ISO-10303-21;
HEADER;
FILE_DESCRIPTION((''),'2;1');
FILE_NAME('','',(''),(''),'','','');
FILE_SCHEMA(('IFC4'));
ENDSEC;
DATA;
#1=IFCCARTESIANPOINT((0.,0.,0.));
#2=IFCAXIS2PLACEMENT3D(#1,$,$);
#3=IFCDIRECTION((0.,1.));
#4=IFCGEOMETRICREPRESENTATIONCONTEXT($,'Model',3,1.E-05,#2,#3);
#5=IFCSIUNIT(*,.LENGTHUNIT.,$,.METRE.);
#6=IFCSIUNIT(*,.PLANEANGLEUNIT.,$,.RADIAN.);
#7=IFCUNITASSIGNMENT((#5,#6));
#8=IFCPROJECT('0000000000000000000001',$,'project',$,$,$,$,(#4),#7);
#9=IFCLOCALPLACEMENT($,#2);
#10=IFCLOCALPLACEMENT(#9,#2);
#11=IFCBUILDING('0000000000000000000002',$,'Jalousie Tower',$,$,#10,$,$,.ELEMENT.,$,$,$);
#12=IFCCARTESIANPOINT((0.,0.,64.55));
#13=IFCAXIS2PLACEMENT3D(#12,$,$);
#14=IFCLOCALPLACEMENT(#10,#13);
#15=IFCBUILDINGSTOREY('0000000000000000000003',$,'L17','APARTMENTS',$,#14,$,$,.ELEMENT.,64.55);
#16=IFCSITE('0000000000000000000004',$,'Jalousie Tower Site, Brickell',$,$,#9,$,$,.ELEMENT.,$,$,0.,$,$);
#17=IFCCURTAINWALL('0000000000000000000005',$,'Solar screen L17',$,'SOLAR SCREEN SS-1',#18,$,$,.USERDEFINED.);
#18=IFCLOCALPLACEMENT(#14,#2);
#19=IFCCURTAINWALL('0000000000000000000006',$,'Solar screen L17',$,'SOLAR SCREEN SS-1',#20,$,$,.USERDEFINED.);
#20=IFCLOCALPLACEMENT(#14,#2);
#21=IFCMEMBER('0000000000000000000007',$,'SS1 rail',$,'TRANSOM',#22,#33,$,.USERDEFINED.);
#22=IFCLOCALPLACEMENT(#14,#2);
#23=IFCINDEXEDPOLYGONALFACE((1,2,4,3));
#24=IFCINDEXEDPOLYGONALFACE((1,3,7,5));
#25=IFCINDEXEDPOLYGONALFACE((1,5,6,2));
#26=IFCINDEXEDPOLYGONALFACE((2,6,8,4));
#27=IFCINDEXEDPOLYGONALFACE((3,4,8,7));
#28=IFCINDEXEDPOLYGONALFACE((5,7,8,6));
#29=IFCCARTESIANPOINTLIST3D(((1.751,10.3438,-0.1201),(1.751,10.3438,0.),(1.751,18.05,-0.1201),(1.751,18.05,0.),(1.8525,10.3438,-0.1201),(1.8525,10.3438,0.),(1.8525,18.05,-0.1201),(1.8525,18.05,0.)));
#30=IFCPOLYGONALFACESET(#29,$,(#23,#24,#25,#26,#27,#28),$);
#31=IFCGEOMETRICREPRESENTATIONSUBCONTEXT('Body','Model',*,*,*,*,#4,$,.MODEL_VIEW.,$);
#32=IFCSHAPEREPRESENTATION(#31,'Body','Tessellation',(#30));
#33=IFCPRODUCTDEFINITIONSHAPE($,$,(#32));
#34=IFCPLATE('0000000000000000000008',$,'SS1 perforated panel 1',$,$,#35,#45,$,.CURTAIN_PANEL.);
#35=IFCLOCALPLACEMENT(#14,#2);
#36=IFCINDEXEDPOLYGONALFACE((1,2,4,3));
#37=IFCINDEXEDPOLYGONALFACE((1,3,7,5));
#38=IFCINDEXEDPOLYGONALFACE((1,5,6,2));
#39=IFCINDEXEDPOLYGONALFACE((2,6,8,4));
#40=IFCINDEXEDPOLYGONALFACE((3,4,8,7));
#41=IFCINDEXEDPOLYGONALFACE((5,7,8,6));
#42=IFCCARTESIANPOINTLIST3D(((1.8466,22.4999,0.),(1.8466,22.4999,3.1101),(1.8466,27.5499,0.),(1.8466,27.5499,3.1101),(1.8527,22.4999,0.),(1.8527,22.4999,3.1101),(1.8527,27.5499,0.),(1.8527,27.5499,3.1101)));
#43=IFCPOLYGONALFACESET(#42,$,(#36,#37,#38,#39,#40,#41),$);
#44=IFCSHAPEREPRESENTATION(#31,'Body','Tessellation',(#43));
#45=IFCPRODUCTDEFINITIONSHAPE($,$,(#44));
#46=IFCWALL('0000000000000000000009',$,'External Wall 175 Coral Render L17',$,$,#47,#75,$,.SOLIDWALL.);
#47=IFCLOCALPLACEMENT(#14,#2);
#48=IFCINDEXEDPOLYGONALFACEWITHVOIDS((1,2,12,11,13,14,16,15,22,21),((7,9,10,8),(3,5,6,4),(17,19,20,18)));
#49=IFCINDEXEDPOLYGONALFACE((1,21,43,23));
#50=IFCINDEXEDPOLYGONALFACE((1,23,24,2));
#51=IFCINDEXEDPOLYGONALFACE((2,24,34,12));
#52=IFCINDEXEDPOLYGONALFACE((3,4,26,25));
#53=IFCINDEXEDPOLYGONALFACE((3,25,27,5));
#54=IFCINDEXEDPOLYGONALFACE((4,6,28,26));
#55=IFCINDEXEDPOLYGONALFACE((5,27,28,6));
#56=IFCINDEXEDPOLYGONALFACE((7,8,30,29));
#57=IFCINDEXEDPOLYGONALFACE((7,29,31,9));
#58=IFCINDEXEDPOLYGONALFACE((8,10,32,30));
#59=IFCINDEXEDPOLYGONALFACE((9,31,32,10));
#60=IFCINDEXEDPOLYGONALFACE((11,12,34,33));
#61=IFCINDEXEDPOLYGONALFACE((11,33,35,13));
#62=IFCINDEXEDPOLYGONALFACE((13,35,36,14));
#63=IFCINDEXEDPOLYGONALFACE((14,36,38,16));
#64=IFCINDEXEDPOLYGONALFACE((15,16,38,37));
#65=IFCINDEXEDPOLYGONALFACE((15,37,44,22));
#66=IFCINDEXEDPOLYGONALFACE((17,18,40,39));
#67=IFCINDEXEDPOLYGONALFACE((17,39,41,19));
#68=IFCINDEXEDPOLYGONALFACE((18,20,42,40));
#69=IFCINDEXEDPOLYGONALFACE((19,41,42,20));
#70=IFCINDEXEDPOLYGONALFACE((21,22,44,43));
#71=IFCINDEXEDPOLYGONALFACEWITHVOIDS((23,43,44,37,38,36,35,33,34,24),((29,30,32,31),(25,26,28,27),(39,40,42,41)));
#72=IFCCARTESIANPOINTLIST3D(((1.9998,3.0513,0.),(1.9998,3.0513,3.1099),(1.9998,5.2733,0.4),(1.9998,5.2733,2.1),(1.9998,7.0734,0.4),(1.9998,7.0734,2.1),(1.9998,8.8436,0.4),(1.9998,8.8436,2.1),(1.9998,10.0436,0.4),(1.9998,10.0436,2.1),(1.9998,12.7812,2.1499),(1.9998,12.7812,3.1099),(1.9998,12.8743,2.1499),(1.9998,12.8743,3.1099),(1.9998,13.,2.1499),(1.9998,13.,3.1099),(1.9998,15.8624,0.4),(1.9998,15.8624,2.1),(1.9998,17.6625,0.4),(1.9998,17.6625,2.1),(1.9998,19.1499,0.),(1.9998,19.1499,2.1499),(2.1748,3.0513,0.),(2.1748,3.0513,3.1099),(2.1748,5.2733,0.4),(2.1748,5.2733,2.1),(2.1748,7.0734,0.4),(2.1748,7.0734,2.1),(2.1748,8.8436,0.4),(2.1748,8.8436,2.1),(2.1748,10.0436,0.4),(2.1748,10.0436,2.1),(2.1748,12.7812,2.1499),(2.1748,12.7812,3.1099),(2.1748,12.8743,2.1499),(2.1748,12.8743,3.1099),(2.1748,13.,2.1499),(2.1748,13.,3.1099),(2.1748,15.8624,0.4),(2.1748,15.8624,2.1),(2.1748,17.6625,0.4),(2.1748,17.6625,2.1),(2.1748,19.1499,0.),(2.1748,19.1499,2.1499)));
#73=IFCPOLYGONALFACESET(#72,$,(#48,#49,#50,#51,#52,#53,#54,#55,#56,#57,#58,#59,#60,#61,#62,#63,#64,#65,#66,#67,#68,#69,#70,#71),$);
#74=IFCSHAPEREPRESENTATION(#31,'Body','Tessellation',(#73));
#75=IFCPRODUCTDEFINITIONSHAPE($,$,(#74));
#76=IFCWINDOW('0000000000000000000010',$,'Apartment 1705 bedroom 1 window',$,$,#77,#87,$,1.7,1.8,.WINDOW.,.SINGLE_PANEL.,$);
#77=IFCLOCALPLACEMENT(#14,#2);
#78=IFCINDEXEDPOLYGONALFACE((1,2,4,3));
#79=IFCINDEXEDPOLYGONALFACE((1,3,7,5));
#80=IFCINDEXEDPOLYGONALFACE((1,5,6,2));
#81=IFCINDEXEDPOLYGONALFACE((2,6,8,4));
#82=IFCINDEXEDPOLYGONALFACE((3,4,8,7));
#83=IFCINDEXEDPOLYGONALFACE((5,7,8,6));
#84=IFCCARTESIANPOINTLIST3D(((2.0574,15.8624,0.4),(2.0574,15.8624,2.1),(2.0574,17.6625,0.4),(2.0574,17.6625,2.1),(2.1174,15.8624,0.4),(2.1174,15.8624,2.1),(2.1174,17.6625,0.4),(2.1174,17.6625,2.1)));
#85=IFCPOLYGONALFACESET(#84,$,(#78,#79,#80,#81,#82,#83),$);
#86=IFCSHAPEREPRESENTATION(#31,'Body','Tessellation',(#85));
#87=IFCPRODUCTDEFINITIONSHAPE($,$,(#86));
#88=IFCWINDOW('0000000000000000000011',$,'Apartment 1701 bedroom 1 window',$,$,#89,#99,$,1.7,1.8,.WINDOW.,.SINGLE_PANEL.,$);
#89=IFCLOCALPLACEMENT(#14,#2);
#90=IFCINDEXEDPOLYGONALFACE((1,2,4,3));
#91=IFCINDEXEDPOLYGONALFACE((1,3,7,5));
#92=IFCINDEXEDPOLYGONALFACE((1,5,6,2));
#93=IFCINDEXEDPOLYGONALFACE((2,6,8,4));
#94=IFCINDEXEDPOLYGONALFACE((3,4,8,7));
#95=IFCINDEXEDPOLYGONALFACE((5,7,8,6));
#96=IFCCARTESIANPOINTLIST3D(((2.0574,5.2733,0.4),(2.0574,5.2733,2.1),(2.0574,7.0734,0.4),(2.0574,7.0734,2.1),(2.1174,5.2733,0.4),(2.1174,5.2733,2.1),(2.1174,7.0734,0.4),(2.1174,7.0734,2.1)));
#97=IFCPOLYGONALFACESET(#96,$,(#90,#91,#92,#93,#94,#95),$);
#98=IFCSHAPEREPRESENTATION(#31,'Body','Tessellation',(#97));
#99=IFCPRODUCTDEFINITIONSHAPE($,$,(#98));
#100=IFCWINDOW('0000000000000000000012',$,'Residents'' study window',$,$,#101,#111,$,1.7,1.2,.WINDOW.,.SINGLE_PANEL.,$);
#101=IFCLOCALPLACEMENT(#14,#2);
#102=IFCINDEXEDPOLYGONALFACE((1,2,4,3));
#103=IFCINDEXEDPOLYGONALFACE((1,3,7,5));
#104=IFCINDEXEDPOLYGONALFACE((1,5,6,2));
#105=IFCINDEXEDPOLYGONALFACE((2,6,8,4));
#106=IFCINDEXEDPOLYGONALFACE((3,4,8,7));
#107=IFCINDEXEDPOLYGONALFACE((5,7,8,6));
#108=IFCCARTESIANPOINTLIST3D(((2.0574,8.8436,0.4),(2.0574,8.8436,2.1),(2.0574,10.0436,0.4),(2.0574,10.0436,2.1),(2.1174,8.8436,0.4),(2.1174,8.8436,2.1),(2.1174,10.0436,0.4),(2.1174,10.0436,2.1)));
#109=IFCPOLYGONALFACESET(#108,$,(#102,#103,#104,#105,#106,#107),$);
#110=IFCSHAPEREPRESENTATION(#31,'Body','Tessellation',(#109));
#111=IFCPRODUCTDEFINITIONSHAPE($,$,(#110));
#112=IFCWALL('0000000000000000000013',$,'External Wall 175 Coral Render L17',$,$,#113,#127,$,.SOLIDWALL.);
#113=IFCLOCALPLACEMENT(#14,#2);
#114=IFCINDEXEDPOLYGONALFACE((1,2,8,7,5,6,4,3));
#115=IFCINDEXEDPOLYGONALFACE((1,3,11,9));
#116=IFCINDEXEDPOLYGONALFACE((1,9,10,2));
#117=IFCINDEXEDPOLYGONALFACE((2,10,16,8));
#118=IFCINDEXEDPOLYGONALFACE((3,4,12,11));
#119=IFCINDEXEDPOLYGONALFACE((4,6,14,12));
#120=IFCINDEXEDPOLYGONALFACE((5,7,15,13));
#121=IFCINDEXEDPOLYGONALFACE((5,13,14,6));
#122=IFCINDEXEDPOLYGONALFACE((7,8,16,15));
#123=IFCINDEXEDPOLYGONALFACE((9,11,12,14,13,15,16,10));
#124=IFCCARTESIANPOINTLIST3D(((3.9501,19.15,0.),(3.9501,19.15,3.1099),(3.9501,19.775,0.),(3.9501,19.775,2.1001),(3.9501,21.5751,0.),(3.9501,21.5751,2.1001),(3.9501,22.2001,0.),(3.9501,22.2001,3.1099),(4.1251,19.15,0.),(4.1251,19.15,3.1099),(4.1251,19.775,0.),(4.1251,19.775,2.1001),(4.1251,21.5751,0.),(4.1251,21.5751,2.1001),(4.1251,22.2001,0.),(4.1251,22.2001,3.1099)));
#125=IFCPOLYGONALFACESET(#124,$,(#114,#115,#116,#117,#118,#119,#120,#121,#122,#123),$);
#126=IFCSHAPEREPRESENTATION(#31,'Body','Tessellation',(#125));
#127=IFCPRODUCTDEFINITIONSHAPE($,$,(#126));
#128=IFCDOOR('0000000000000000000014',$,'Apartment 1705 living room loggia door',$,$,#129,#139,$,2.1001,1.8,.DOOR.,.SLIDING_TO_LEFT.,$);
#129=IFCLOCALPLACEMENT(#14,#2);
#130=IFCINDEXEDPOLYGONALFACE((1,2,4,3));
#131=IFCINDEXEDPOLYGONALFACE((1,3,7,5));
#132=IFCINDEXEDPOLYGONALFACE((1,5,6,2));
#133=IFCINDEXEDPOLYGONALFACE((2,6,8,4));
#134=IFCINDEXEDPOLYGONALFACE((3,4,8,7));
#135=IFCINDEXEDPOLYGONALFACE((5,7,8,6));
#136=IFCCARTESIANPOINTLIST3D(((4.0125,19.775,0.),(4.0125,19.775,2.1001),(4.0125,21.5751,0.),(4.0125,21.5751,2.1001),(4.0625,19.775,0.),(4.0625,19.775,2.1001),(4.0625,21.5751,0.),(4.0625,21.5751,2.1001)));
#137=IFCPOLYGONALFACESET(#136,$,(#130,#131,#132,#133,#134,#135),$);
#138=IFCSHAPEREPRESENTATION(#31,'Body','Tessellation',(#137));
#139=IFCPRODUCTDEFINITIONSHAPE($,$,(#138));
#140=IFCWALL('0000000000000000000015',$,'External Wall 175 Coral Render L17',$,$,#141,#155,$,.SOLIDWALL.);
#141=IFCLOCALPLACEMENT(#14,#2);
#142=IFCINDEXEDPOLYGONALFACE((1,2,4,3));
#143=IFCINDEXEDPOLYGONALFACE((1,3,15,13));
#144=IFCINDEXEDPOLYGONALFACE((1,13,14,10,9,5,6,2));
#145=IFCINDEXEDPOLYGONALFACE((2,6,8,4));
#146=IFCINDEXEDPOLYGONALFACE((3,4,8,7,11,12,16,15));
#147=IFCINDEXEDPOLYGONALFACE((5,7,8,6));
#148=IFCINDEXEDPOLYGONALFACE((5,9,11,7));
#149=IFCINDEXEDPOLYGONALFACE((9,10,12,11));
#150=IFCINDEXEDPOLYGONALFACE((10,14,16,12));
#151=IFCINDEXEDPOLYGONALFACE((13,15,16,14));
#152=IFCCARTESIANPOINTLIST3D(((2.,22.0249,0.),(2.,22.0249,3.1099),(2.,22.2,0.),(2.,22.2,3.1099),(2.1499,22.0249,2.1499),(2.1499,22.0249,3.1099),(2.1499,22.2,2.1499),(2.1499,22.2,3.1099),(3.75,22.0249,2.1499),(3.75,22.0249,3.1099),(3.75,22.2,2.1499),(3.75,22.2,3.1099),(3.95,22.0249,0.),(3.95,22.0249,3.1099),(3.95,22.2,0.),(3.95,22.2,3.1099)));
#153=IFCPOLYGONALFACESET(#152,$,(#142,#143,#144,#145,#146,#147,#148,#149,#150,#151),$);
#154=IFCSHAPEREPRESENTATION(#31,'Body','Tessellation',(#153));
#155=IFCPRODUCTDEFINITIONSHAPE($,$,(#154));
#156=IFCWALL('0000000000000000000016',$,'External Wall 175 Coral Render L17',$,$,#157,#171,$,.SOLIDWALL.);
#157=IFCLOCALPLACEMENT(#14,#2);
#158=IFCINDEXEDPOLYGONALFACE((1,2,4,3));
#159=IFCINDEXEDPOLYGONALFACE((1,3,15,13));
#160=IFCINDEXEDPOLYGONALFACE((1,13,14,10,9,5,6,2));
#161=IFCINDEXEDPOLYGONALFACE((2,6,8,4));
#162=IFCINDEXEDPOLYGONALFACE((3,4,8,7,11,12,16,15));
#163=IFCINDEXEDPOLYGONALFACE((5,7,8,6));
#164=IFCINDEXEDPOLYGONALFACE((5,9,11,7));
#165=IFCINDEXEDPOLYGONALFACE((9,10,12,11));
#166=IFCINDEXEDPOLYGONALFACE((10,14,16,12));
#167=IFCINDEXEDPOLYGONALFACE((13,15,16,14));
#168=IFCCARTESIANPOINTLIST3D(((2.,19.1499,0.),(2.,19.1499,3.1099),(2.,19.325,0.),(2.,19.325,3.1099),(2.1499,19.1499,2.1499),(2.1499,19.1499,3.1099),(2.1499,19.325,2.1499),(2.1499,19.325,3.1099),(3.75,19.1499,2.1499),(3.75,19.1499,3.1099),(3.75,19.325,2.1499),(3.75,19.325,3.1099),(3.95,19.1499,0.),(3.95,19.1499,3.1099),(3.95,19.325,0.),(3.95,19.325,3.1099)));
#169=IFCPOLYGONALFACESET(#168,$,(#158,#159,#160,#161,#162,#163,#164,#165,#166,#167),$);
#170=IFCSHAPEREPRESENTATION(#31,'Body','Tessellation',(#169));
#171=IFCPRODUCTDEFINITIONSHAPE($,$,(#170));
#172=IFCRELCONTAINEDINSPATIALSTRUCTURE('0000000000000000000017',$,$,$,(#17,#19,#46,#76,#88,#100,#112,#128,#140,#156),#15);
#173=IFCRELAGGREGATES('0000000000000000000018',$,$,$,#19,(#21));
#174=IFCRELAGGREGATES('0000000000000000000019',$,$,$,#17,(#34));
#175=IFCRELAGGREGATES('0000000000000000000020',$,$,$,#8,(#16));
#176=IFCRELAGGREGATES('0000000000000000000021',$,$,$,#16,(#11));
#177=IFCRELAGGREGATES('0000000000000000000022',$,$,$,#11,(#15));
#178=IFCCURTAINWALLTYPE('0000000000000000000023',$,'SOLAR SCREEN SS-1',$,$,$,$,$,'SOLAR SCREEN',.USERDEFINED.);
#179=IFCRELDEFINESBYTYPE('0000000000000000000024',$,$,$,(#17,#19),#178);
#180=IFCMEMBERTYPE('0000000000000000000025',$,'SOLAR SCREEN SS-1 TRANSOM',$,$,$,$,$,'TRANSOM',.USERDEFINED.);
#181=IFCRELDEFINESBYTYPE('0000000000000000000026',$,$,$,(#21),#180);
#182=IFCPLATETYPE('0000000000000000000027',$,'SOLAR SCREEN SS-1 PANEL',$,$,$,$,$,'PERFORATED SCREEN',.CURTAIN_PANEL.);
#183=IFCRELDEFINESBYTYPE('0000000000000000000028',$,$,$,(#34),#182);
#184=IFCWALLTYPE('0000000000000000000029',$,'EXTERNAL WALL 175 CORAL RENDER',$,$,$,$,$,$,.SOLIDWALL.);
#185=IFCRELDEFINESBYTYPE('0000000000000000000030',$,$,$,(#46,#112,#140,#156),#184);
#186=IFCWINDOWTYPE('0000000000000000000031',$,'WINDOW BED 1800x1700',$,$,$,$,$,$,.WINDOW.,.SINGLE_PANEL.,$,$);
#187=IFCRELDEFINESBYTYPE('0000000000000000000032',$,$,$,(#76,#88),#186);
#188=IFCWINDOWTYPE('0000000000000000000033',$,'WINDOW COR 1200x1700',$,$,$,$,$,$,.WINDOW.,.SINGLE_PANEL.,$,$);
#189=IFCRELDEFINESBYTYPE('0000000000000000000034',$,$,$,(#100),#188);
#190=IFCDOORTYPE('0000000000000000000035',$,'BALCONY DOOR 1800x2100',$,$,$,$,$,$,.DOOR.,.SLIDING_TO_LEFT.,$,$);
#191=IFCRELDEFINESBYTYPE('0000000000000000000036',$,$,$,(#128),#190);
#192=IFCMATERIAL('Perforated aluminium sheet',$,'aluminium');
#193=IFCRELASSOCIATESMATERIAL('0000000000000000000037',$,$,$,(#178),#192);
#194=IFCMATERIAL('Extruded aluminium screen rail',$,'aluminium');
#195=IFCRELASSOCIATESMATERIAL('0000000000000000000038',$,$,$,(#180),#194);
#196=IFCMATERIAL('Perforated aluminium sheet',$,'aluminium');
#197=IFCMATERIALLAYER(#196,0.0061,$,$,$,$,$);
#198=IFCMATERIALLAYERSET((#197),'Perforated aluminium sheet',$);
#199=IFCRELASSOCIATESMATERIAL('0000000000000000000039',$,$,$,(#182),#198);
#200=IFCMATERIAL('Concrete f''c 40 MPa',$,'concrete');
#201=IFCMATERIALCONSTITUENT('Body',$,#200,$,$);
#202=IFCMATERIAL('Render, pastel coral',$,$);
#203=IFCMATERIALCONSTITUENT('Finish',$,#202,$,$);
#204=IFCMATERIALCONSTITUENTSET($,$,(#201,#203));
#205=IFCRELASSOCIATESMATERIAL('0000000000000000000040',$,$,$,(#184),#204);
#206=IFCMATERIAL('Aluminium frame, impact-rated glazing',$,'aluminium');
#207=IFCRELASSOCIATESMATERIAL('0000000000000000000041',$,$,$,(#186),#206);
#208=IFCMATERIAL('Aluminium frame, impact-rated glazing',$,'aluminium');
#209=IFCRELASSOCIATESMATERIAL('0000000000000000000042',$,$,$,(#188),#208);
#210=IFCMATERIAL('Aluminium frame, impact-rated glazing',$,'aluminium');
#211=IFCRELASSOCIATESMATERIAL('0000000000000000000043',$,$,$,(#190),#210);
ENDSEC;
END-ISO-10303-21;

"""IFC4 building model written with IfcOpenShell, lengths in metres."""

from ifc_helpers import new_model, si_unit, direction, frame, frame_2d, origin, origin_2d, place, context, subcontext, project, spatial, polyline, rectangle, outline, extrude, material, layer, layer_set, constituent, constituent_set, material_profile, profile_set, type_object, element, fill, aggregate, save


model = new_model("IFC4")

# Units and contexts
model_context = context("Model", 3, precision=1e-05, world=origin(), true_north=direction((0.0, 1.0)))
body_context = subcontext(model_context, "Body", "Model", "MODEL_VIEW")
ifc_project = project(units=[si_unit("LENGTHUNIT", "METRE"), si_unit("PLANEANGLEUNIT", "RADIAN")], contexts=[model_context])

# Site, building, storey
site_placement = place(None, origin())
site = spatial("IfcSite", under=ifc_project, at=site_placement, Name="Jalousie Tower Site, Brickell", CompositionType="ELEMENT", RefElevation=0.0)
building_placement = place(site_placement, origin())
building = spatial("IfcBuilding", under=site, at=building_placement, Name="Jalousie Tower", CompositionType="ELEMENT")
storey_placement = place(building_placement, frame((0.0, 0.0, 64.55)))
storey = spatial("IfcBuildingStorey", under=building, at=storey_placement, Name="L17", Description="APARTMENTS", CompositionType="ELEMENT", Elevation=64.55)

# Curtain wall
ifc_material_1 = material(Name="Perforated aluminium sheet", Category="aluminium")
curtain_wall_type = type_object("IfcCurtainWallType", Name="SOLAR SCREEN SS-1", ElementType="SOLAR SCREEN", PredefinedType="USERDEFINED", material=ifc_material_1)
curtain_wall_1_placement = place(storey_placement, origin())
curtain_wall_1 = element("IfcCurtainWall", 1, at=curtain_wall_1_placement, inside=storey, type_object=curtain_wall_type, Name="Solar screen L17", ObjectType="SOLAR SCREEN SS-1", PredefinedType="USERDEFINED")

# Curtain wall
curtain_wall_2_placement = place(storey_placement, origin())
curtain_wall_2 = element("IfcCurtainWall", 2, at=curtain_wall_2_placement, inside=storey, type_object=curtain_wall_type, Name="Solar screen L17", ObjectType="SOLAR SCREEN SS-1", PredefinedType="USERDEFINED")

# Member
ifc_material_2 = material(Name="Extruded aluminium screen rail", Category="aluminium")
ifc_material_profile_1 = material_profile(ifc_material_2, rectangle(XDim=0.1016, YDim=0.1201, at=origin_2d()), Name="RAIL 102x120")
ifc_profile_set_1 = profile_set([ifc_material_profile_1], Name="Extruded aluminium screen rail")
member_type_1 = type_object("IfcMemberType", Name="SOLAR SCREEN SS-1 TRANSOM", ElementType="TRANSOM", PredefinedType="USERDEFINED", material=ifc_profile_set_1)
member_1_placement = place(storey_placement, frame((1.8018, 18.05, -0.0601), z_axis=(0.0, -1.0, 0.0), x_axis=(1.0, 0.0, 0.0)))
member_1 = element("IfcMember", 3, at=member_1_placement, type_object=member_type_1, Name="SS1 rail", ObjectType="TRANSOM", PredefinedType="USERDEFINED", context=body_context, shape_type="SweptSolid", body=[
    extrude(rectangle(XDim=0.1016, YDim=0.1201, at=origin_2d()), origin(), (0.0, 0.0, 1.0), 7.7063),
])
aggregate(curtain_wall_2, [member_1])

# Plate
ifc_material_3 = material(Name="Perforated aluminium sheet", Category="aluminium")
ifc_layer_1 = layer(ifc_material_3, 0.0061)
ifc_layer_set_1 = layer_set([ifc_layer_1], Name="Perforated aluminium sheet")
plate_type = type_object("IfcPlateType", Name="SOLAR SCREEN SS-1 PANEL", ElementType="PERFORATED SCREEN", PredefinedType="CURTAIN_PANEL", material=ifc_layer_set_1)
plate_placement = place(storey_placement, frame((1.8496, 25.0249, 0.0), z_axis=(0.0, 0.0, 1.0), x_axis=(0.0, -1.0, 0.0)))
plate = element("IfcPlate", 4, at=plate_placement, type_object=plate_type, Name="SS1 perforated panel 1", PredefinedType="CURTAIN_PANEL", context=body_context, shape_type="SweptSolid", body=[
    extrude(rectangle(XDim=5.05, YDim=0.0061, at=origin_2d()), origin(), (0.0, 0.0, 1.0), 3.1101),
])
aggregate(curtain_wall_1, [plate])

# Wall, openings, windows
ifc_material_4 = material(Name="Concrete f'c 40 MPa", Category="concrete")
ifc_constituent_1 = constituent(ifc_material_4, Name="Body")
ifc_material_5 = material(Name="Render, pastel coral")
ifc_constituent_2 = constituent(ifc_material_5, Name="Finish")
ifc_constituent_set_1 = constituent_set(constituents=[ifc_constituent_1, ifc_constituent_2])
wall_type_1 = type_object("IfcWallType", Name="EXTERNAL WALL 175 CORAL RENDER", PredefinedType="SOLIDWALL", material=ifc_constituent_set_1)
wall_1_placement = place(storey_placement, frame((2.0874, 19.1499, 0.0), z_axis=(0.0, 0.0, 1.0), x_axis=(0.0, -1.0, 0.0)))
wall_1 = element("IfcWall", 5, at=wall_1_placement, inside=storey, type_object=wall_type_1, Name="External Wall 175 Coral Render L17", PredefinedType="SOLIDWALL", context=body_context, shape_type="SweptSolid", body=[
    extrude(outline(polyline([(0.0, 0.0), (16.0986, 0.0), (16.0986, 3.1099), (6.3687, 3.1099), (6.3687, 2.1499), (6.2756, 2.1499), (6.2756, 3.1099), (6.1499, 3.1099), (6.1499, 2.1499), (0.0, 2.1499), (0.0, 0.0)])), frame((0.0, 0.0874, 0.0), z_axis=(0.0, -1.0, 0.0), x_axis=(1.0, 0.0, 0.0)), (0.0, 0.0, 1.0), 0.175),
])
opening_1_placement = place(wall_1_placement, frame((1.4875, 0.0, 0.3999)))
opening_1 = element("IfcOpeningElement", 6, at=opening_1_placement, cuts=wall_1, PredefinedType="OPENING", context=body_context, shape_type="SweptSolid", body=[
    extrude(rectangle(XDim=1.8, YDim=1.7, at=frame_2d((0.8999, 0.8501))), frame((0.0, 0.0974, 0.0), z_axis=(0.0, -1.0, 0.0), x_axis=(1.0, 0.0, 0.0)), (0.0, 0.0, 1.0), 0.1951),
])
opening_2_placement = place(wall_1_placement, frame((9.1062, 0.0, 0.3999)))
opening_2 = element("IfcOpeningElement", 7, at=opening_2_placement, cuts=wall_1, PredefinedType="OPENING", context=body_context, shape_type="SweptSolid", body=[
    extrude(rectangle(XDim=1.2, YDim=1.7, at=frame_2d((0.6001, 0.8501))), frame((0.0, 0.0974, 0.0), z_axis=(0.0, -1.0, 0.0), x_axis=(1.0, 0.0, 0.0)), (0.0, 0.0, 1.0), 0.1951),
])
opening_3_placement = place(wall_1_placement, frame((12.0767, 0.0, 0.3999)))
opening_3 = element("IfcOpeningElement", 8, at=opening_3_placement, cuts=wall_1, PredefinedType="OPENING", context=body_context, shape_type="SweptSolid", body=[
    extrude(rectangle(XDim=1.8, YDim=1.7, at=frame_2d((0.8999, 0.8501))), frame((0.0, 0.0974, 0.0), z_axis=(0.0, -1.0, 0.0), x_axis=(1.0, 0.0, 0.0)), (0.0, 0.0, 1.0), 0.1951),
])
ifc_material_6 = material(Name="Aluminium frame, impact-rated glazing", Category="aluminium")
window_type_1 = type_object("IfcWindowType", Name="WINDOW BED 1800x1700", PartitioningType="SINGLE_PANEL", PredefinedType="WINDOW", material=ifc_material_6)
window_1_placement = place(opening_1_placement, origin())
window_1 = element("IfcWindow", 9, at=window_1_placement, inside=storey, type_object=window_type_1, Name="Apartment 1705 bedroom 1 window", OverallHeight=1.7, OverallWidth=1.8, PartitioningType="SINGLE_PANEL", PredefinedType="WINDOW", context=body_context, shape_type="SweptSolid", body=[
    extrude(rectangle(XDim=1.8, YDim=1.7, at=frame_2d((0.8999, 0.8501))), frame((0.0, 0.03, 0.0), z_axis=(0.0, -1.0, 0.0), x_axis=(1.0, 0.0, 0.0)), (0.0, 0.0, 1.0), 0.0601),
])
fill(opening_1, window_1)
window_2_placement = place(opening_3_placement, origin())
window_2 = element("IfcWindow", 10, at=window_2_placement, inside=storey, type_object=window_type_1, Name="Apartment 1701 bedroom 1 window", OverallHeight=1.7, OverallWidth=1.8, PartitioningType="SINGLE_PANEL", PredefinedType="WINDOW", context=body_context, shape_type="SweptSolid", body=[
    extrude(rectangle(XDim=1.8, YDim=1.7, at=frame_2d((0.8999, 0.8501))), frame((0.0, 0.03, 0.0), z_axis=(0.0, -1.0, 0.0), x_axis=(1.0, 0.0, 0.0)), (0.0, 0.0, 1.0), 0.0601),
])
fill(opening_3, window_2)
ifc_material_7 = material(Name="Aluminium frame, impact-rated glazing", Category="aluminium")
window_type_2 = type_object("IfcWindowType", Name="WINDOW COR 1200x1700", PartitioningType="SINGLE_PANEL", PredefinedType="WINDOW", material=ifc_material_7)
window_3_placement = place(opening_2_placement, origin())
window_3 = element("IfcWindow", 11, at=window_3_placement, inside=storey, type_object=window_type_2, Name="Residents' study window", OverallHeight=1.7, OverallWidth=1.2, PartitioningType="SINGLE_PANEL", PredefinedType="WINDOW", context=body_context, shape_type="SweptSolid", body=[
    extrude(rectangle(XDim=1.2, YDim=1.7, at=frame_2d((0.6001, 0.8501))), frame((0.0, 0.03, 0.0), z_axis=(0.0, -1.0, 0.0), x_axis=(1.0, 0.0, 0.0)), (0.0, 0.0, 1.0), 0.0601),
])
fill(opening_2, window_3)

# Wall, opening, door
wall_2_placement = place(storey_placement, frame((4.0376, 22.2, 0.0), z_axis=(0.0, 0.0, 1.0), x_axis=(0.0, -1.0, 0.0)))
wall_2 = element("IfcWall", 12, at=wall_2_placement, inside=storey, type_object=wall_type_1, Name="External Wall 175 Coral Render L17", PredefinedType="SOLIDWALL", context=body_context, shape_type="SweptSolid", body=[
    extrude(rectangle(XDim=3.05, YDim=0.175, at=frame_2d((1.5249, 0.0))), origin(), (0.0, 0.0, 1.0), 3.1099),
])
opening_4_placement = place(wall_2_placement, frame((0.625, 0.0, 0.0)))
opening_4 = element("IfcOpeningElement", 13, at=opening_4_placement, cuts=wall_2, PredefinedType="OPENING", context=body_context, shape_type="SweptSolid", body=[
    extrude(rectangle(XDim=1.8, YDim=2.1001, at=frame_2d((0.8999, 1.05))), frame((0.0, 0.0974, 0.0), z_axis=(0.0, -1.0, 0.0), x_axis=(1.0, 0.0, 0.0)), (0.0, 0.0, 1.0), 0.1951),
])
ifc_material_8 = material(Name="Aluminium frame, impact-rated glazing", Category="aluminium")
door_type_1 = type_object("IfcDoorType", Name="BALCONY DOOR 1800x2100", OperationType="SLIDING_TO_LEFT", PredefinedType="DOOR", material=ifc_material_8)
door_1_placement = place(opening_4_placement, origin())
door_1 = element("IfcDoor", 14, at=door_1_placement, inside=storey, type_object=door_type_1, Name="Apartment 1705 living room loggia door", OperationType="SLIDING_TO_LEFT", OverallHeight=2.1001, OverallWidth=1.8, PredefinedType="DOOR", context=body_context, shape_type="SweptSolid", body=[
    extrude(rectangle(XDim=1.8, YDim=2.1001, at=frame_2d((0.8999, 1.05))), frame((0.0, 0.0249, 0.0), z_axis=(0.0, -1.0, 0.0), x_axis=(1.0, 0.0, 0.0)), (0.0, 0.0, 1.0), 0.05),
])
fill(opening_4, door_1)

# Walls
for number, where, z_axis, x_axis, name in (
    (15, (2.0, 22.1125, 0.0), (0.0, 0.0, 1.0), (1.0, 0.0, 0.0), "External Wall 175 Coral Render L17"),
    (16, (2.0, 19.2375, 0.0), (0.0, 0.0, 1.0), (1.0, 0.0, 0.0), "External Wall 175 Coral Render L17"),
):
    element("IfcWall", number, at=place(storey_placement, frame(where, z_axis=z_axis, x_axis=x_axis)), inside=storey, type_object=wall_type_1, Name=name, PredefinedType="SOLIDWALL", context=body_context, shape_type="SweptSolid", body=[
        extrude(outline(polyline([(0.0, 0.0), (1.95, 0.0), (1.95, 3.1099), (1.75, 3.1099), (1.75, 2.1499), (0.1499, 2.1499), (0.1499, 3.1099), (0.0, 3.1099), (0.0, 0.0)])), frame((0.0, 0.0874, 0.0), z_axis=(0.0, -1.0, 0.0), x_axis=(1.0, 0.0, 0.0)), (0.0, 0.0, 1.0), 0.175),
    ])

save(model, "model.ifc")
